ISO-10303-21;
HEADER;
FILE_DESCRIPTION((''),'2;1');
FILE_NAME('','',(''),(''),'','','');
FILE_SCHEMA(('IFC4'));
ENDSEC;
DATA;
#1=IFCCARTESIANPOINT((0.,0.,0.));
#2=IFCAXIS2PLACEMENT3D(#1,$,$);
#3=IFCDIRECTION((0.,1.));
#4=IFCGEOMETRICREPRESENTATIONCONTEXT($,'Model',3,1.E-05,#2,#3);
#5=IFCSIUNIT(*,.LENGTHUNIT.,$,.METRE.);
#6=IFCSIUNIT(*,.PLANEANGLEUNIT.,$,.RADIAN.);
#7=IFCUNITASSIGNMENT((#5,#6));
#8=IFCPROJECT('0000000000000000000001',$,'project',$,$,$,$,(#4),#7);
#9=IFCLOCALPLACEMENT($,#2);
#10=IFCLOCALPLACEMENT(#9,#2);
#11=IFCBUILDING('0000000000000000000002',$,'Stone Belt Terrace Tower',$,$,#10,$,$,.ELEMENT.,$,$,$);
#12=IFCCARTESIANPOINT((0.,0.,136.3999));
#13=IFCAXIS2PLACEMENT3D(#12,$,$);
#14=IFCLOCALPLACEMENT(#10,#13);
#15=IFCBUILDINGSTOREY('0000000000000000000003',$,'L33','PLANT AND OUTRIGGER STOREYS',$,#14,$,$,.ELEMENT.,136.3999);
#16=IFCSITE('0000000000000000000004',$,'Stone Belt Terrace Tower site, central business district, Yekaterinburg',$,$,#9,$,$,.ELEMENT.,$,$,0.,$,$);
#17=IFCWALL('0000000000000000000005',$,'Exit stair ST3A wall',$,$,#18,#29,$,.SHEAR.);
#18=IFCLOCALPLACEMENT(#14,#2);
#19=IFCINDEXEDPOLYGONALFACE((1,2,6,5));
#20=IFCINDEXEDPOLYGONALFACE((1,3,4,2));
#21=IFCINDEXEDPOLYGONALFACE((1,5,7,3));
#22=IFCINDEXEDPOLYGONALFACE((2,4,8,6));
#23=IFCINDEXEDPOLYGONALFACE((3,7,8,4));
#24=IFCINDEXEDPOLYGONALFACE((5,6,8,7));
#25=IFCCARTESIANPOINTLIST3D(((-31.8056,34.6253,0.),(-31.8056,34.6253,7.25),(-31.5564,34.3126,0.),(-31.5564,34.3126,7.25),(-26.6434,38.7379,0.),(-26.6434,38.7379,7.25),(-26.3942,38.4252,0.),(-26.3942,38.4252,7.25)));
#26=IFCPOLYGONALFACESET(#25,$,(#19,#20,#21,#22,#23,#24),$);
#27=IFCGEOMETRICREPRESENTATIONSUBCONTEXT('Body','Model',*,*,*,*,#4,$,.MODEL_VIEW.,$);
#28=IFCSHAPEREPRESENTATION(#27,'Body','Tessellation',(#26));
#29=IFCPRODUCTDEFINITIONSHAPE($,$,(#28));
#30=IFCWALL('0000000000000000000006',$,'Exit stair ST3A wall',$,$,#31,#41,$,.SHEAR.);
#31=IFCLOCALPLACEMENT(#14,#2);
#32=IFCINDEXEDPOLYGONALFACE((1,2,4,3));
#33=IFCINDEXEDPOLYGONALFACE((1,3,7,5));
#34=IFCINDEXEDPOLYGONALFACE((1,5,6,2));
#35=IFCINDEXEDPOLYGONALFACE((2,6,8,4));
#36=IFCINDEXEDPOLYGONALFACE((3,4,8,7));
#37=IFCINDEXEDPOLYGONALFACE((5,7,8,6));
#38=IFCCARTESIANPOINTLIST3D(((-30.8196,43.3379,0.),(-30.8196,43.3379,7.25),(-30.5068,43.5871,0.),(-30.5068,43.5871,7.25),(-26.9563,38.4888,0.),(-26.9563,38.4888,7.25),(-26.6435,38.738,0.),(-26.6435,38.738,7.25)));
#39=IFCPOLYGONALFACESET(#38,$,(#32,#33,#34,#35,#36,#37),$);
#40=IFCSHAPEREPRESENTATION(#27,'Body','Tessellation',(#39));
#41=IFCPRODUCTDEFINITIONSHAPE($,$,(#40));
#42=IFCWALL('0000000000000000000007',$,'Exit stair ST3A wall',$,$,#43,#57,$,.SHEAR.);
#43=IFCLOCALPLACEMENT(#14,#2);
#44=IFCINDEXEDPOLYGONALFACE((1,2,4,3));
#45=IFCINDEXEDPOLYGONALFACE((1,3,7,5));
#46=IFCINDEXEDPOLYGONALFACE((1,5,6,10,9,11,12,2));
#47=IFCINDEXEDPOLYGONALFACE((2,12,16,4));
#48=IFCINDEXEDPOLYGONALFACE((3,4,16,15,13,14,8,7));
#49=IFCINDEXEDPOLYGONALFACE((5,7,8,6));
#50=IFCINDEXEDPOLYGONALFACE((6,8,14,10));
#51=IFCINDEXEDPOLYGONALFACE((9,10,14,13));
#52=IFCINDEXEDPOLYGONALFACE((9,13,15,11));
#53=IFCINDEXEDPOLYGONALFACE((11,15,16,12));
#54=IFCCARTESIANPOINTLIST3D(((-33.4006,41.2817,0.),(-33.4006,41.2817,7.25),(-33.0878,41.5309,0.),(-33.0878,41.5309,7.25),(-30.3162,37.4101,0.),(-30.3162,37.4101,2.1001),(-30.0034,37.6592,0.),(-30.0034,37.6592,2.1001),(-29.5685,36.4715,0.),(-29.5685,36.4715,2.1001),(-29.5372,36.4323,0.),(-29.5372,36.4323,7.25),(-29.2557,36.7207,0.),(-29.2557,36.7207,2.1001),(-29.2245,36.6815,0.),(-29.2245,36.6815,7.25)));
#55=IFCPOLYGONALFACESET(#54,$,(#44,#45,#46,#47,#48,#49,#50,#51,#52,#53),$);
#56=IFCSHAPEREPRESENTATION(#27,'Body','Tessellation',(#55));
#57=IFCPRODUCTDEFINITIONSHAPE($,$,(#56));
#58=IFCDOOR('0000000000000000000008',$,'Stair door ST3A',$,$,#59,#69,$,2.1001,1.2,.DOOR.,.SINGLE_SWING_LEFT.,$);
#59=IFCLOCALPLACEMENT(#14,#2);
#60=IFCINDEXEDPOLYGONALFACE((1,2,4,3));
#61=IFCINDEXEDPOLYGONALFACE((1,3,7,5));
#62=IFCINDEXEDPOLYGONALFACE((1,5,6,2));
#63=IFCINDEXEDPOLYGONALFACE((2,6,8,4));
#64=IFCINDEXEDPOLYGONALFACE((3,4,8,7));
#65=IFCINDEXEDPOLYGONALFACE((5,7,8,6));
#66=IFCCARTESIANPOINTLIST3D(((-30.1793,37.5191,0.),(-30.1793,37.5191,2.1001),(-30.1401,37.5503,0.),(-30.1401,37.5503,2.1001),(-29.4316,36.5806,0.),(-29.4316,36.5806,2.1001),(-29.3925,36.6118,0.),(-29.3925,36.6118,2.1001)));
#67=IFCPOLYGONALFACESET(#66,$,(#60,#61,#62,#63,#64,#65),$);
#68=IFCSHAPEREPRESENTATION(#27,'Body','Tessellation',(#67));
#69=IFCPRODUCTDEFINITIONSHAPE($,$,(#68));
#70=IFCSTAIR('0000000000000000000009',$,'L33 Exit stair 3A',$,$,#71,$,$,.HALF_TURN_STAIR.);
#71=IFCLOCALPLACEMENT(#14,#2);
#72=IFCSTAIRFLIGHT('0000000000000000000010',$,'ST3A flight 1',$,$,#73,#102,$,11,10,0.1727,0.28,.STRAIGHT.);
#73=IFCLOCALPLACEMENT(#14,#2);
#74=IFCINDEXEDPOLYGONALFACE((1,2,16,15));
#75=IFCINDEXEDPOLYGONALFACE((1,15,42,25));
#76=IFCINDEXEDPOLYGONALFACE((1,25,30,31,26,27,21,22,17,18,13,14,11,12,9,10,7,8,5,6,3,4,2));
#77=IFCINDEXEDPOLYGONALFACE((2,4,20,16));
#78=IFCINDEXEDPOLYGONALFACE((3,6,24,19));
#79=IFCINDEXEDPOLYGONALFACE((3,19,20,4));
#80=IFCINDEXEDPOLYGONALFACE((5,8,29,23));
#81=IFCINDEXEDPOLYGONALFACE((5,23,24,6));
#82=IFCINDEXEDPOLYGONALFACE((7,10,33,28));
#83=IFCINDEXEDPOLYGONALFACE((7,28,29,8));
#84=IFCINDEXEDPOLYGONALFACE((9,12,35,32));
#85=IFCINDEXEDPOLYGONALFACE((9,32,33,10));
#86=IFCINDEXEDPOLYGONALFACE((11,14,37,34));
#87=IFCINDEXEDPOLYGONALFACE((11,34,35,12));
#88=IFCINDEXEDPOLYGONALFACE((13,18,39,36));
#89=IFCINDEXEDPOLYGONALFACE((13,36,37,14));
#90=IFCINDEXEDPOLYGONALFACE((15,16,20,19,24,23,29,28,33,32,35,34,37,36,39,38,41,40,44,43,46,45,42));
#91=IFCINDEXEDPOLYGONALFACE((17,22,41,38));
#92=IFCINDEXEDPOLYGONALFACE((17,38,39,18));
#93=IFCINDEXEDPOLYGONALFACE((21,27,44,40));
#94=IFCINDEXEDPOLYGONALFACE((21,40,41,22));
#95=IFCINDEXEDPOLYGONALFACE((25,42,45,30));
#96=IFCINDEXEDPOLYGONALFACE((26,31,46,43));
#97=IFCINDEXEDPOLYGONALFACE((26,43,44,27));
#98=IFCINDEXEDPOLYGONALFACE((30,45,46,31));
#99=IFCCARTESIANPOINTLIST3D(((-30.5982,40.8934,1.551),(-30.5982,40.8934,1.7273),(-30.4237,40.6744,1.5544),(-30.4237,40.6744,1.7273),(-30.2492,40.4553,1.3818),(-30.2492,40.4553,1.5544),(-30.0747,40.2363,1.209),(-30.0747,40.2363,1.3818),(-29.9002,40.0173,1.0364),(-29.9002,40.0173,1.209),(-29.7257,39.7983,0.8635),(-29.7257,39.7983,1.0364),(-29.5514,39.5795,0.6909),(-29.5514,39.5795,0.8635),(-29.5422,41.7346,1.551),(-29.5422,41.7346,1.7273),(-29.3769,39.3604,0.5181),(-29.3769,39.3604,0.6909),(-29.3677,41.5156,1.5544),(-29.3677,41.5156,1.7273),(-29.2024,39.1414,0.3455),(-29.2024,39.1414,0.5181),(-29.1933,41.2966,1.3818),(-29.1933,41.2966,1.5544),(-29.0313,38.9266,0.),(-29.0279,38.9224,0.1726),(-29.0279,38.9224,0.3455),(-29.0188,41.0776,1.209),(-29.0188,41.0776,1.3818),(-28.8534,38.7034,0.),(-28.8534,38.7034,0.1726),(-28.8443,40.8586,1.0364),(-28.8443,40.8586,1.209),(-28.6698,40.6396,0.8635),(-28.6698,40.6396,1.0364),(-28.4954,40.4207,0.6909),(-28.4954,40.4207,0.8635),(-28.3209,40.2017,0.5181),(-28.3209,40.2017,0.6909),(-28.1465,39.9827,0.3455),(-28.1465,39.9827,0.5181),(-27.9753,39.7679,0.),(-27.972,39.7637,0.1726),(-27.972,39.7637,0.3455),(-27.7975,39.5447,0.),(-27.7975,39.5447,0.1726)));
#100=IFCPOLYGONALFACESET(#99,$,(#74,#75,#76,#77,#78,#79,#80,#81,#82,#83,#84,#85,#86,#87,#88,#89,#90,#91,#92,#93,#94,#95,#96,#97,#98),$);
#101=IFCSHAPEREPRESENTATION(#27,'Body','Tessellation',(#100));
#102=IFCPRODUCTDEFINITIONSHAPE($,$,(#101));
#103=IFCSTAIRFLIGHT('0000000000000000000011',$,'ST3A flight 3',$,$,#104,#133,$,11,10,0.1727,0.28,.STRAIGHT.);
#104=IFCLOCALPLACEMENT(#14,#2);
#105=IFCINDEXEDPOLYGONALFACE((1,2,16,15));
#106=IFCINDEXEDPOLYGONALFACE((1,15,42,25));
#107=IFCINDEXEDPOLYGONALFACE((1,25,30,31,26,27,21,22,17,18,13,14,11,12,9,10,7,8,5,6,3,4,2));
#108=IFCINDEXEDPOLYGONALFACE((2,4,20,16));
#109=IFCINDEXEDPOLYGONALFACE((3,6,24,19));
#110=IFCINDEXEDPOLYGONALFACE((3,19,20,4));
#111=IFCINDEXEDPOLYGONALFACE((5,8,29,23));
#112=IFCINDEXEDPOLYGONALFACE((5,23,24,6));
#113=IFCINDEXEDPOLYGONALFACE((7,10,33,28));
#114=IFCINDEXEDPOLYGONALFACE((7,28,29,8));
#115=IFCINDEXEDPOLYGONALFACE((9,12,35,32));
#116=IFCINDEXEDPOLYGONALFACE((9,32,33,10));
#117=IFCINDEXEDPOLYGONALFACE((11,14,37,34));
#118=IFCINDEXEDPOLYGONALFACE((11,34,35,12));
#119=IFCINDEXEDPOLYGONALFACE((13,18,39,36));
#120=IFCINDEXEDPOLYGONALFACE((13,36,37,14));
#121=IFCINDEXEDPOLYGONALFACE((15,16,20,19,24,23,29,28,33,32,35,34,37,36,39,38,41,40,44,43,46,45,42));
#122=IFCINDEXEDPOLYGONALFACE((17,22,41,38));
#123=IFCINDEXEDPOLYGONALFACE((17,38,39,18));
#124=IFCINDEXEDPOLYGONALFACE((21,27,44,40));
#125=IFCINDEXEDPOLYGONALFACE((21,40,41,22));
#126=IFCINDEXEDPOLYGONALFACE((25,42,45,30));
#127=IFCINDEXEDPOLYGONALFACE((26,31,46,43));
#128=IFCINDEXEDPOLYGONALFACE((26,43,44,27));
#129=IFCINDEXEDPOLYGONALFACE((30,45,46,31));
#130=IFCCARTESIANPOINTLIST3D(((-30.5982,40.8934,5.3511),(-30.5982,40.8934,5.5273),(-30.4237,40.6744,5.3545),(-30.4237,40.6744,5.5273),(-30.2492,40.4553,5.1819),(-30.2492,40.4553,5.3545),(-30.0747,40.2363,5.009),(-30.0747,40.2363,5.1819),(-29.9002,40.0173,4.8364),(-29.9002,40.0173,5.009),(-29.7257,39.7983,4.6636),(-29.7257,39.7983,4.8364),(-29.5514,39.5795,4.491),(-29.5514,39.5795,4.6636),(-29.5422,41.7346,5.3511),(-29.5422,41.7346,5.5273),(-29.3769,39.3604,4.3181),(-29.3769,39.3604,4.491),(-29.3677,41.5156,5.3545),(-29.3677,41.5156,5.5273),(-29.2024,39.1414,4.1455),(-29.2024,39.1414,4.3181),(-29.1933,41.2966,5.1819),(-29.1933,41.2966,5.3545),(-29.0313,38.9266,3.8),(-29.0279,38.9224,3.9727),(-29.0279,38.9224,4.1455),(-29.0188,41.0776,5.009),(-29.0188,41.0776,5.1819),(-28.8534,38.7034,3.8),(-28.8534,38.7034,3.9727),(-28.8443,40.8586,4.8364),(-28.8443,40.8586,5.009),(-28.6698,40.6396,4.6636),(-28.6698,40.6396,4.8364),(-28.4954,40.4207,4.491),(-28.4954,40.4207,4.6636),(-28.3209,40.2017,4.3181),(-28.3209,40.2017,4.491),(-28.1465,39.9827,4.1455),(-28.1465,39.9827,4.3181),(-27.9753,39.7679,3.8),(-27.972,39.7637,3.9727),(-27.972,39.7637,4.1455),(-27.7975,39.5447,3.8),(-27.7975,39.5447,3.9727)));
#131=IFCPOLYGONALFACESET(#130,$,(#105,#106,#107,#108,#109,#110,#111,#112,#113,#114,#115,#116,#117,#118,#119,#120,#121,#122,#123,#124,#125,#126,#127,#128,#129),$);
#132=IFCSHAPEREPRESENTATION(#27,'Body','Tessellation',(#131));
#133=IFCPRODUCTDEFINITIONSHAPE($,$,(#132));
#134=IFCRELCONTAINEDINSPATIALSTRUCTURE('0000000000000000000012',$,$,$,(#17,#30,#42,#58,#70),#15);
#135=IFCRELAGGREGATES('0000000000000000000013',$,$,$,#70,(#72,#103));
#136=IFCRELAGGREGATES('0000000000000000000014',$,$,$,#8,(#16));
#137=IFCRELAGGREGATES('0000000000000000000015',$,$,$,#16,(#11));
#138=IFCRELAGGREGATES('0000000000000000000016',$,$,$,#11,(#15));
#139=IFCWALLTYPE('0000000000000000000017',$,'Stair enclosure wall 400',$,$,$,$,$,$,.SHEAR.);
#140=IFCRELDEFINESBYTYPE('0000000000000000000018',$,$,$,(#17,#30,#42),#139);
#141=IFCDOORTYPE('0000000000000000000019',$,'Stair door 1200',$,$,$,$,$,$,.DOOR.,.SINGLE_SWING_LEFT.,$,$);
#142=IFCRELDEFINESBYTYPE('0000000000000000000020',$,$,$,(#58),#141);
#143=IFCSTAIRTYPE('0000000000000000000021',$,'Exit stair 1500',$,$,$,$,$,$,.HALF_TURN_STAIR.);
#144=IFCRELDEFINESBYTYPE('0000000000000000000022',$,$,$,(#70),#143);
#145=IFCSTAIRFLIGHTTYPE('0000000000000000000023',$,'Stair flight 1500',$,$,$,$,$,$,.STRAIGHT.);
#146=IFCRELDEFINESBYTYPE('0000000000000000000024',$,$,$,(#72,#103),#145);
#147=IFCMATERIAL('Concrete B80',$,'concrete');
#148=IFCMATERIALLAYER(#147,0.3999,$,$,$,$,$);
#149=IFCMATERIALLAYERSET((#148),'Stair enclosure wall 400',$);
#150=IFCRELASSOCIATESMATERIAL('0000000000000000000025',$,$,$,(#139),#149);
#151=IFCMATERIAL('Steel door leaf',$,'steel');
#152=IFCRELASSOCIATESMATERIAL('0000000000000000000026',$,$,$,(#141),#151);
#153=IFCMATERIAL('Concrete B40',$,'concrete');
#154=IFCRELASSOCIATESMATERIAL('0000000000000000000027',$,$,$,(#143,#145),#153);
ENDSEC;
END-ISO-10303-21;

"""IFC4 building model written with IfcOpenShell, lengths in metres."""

from ifc_helpers import new_model, si_unit, direction, frame, frame_2d, origin, place, context, subcontext, project, spatial, polyline, rectangle, outline, extrude, material, layer, layer_set, type_object, element, fill, aggregate, save


model = new_model("IFC4")

# Units and contexts
model_context = context("Model", 3, precision=1e-05, world=origin(), true_north=direction((0.0, 1.0)))
body_context = subcontext(model_context, "Body", "Model", "MODEL_VIEW")
ifc_project = project(units=[si_unit("LENGTHUNIT", "METRE"), si_unit("PLANEANGLEUNIT", "RADIAN")], contexts=[model_context])

# Site, building, storey
site_placement = place(None, origin())
site = spatial("IfcSite", under=ifc_project, at=site_placement, Name="Stone Belt Terrace Tower site, central business district, Yekaterinburg", CompositionType="ELEMENT", RefElevation=0.0)
building_placement = place(site_placement, origin())
building = spatial("IfcBuilding", under=site, at=building_placement, Name="Stone Belt Terrace Tower", CompositionType="ELEMENT")
storey_placement = place(building_placement, frame((0.0, 0.0, 136.3999)))
storey = spatial("IfcBuildingStorey", under=building, at=storey_placement, Name="L33", Description="PLANT AND OUTRIGGER STOREYS", CompositionType="ELEMENT", Elevation=136.3999)

# Walls
ifc_material_1 = material(Name="Concrete B80", Category="concrete")
ifc_layer_1 = layer(ifc_material_1, 0.3999)
ifc_layer_set_1 = layer_set([ifc_layer_1], Name="Stair enclosure wall 400")
wall_type_1 = type_object("IfcWallType", Name="Stair enclosure wall 400", PredefinedType="SHEAR", material=ifc_layer_set_1)
wall_1_placement = place(storey_placement, frame((-26.5188, 38.5815, 0.0), z_axis=(0.0, 0.0, 1.0), x_axis=(-0.782134, -0.62311, 0.0)))
element("IfcWall", 1, at=wall_1_placement, inside=storey, type_object=wall_type_1, Name="Exit stair ST3A wall", PredefinedType="SHEAR", context=body_context, shape_type="SweptSolid", body=[
    extrude(rectangle(XDim=6.6001, YDim=0.3999, at=frame_2d((3.3, 0.0))), origin(), (0.0, 0.0, 1.0), 7.25),
])
wall_2_placement = place(storey_placement, frame((-26.7998, 38.6133, 0.0), z_axis=(0.0, 0.0, 1.0), x_axis=(-0.623119, 0.782127, 0.0)))
element("IfcWall", 2, at=wall_2_placement, inside=storey, type_object=wall_type_1, Name="Exit stair ST3A wall", PredefinedType="SHEAR", context=body_context, shape_type="SweptSolid", body=[
    extrude(rectangle(XDim=6.2, YDim=0.3999, at=frame_2d((3.1001, 0.0))), origin(), (0.0, 0.0, 1.0), 7.25),
])

# Wall, opening, door
wall_3_placement = place(storey_placement, frame((-29.3809, 36.5569, 0.0), z_axis=(0.0, 0.0, 1.0), x_axis=(-0.623099, 0.782143, 0.0)))
wall_3 = element("IfcWall", 3, at=wall_3_placement, inside=storey, type_object=wall_type_1, Name="Exit stair ST3A wall", PredefinedType="SHEAR", context=body_context, shape_type="SweptSolid", body=[
    extrude(rectangle(XDim=6.2002, YDim=0.3999, at=frame_2d((3.1001, 0.0))), origin(), (0.0, 0.0, 1.0), 7.25),
])
opening_1_placement = place(wall_3_placement, frame((0.05, 0.0, 0.0)))
opening_1 = element("IfcOpeningElement", 4, at=opening_1_placement, cuts=wall_3, PredefinedType="OPENING", context=body_context, shape_type="SweptSolid", body=[
    extrude(rectangle(XDim=1.2, YDim=2.1001, at=frame_2d((0.6001, 1.05))), frame((0.0, 0.21, 0.0), z_axis=(0.0, -1.0, 0.0), x_axis=(1.0, 0.0, 0.0)), (0.0, 0.0, 1.0), 0.4199),
])
ifc_material_2 = material(Name="Steel door leaf", Category="steel")
door_type_1 = type_object("IfcDoorType", Name="Stair door 1200", OperationType="SINGLE_SWING_LEFT", PredefinedType="DOOR", material=ifc_material_2)
door_1_placement = place(opening_1_placement, origin())
door_1 = element("IfcDoor", 5, at=door_1_placement, inside=storey, type_object=door_type_1, Name="Stair door ST3A", OperationType="SINGLE_SWING_LEFT", OverallHeight=2.1001, OverallWidth=1.2, PredefinedType="DOOR", context=body_context, shape_type="SweptSolid", body=[
    extrude(rectangle(XDim=1.2, YDim=2.1001, at=frame_2d((0.6001, 1.05))), frame((0.0, 0.0249, 0.0), z_axis=(0.0, -1.0, 0.0), x_axis=(1.0, 0.0, 0.0)), (0.0, 0.0, 1.0), 0.05),
])
fill(opening_1, door_1)

# Stair, stair flights
ifc_material_3 = material(Name="Concrete B40", Category="concrete")
stair_type = type_object("IfcStairType", Name="Exit stair 1500", PredefinedType="HALF_TURN_STAIR", material=ifc_material_3)
stair_placement = place(storey_placement, origin())
stair = element("IfcStair", 6, at=stair_placement, inside=storey, type_object=stair_type, Name="L33 Exit stair 3A", PredefinedType="HALF_TURN_STAIR")
stair_flight_type = type_object("IfcStairFlightType", Name="Stair flight 1500", PredefinedType="STRAIGHT", material=ifc_material_3)
stair_flight_1_placement = place(storey_placement, frame((-28.3254, 39.124, 0.0), z_axis=(0.0, 0.0, 1.0), x_axis=(-0.623121, 0.782125, 0.0)))
stair_flight_1 = element("IfcStairFlight", 7, at=stair_flight_1_placement, type_object=stair_flight_type, Name="ST3A flight 1", NumberOfRisers=11, NumberOfTreads=10, PredefinedType="STRAIGHT", RiserHeight=0.1727, TreadLength=0.28, context=body_context, shape_type="SweptSolid", body=[
    extrude(outline(polyline([(0.0, 0.0), (0.0, 0.1726), (0.28, 0.1726), (0.28, 0.3455), (0.5601, 0.3455), (0.5601, 0.5181), (0.8401, 0.5181), (0.8401, 0.6909), (1.1201, 0.6909), (1.1201, 0.8635), (1.3999, 0.8635), (1.3999, 1.0364), (1.6799, 1.0364), (1.6799, 1.209), (1.96, 1.209), (1.96, 1.3818), (2.24, 1.3818), (2.24, 1.5544), (2.52, 1.5544), (2.52, 1.7273), (2.8, 1.7273), (2.8, 1.8999), (2.8, 1.551), (0.2854, 0.0), (0.0, 0.0)])), frame((0.0, 0.675, 0.0), z_axis=(0.0, -1.0, 0.0), x_axis=(1.0, 0.0, 0.0)), (0.0, 0.0, 1.0), 1.3501),
])
stair_flight_2_placement = place(storey_placement, frame((-28.3254, 39.124, 3.8), z_axis=(0.0, 0.0, 1.0), x_axis=(-0.623121, 0.782125, 0.0)))
stair_flight_2 = element("IfcStairFlight", 8, at=stair_flight_2_placement, type_object=stair_flight_type, Name="ST3A flight 3", NumberOfRisers=11, NumberOfTreads=10, PredefinedType="STRAIGHT", RiserHeight=0.1727, TreadLength=0.28, context=body_context, shape_type="SweptSolid", body=[
    extrude(outline(polyline([(0.0, 0.0), (0.0, 0.1726), (0.28, 0.1726), (0.28, 0.3455), (0.5601, 0.3455), (0.5601, 0.5181), (0.8401, 0.5181), (0.8401, 0.6909), (1.1201, 0.6909), (1.1201, 0.8635), (1.3999, 0.8635), (1.3999, 1.0364), (1.6799, 1.0364), (1.6799, 1.209), (1.96, 1.209), (1.96, 1.3818), (2.24, 1.3818), (2.24, 1.5544), (2.52, 1.5544), (2.52, 1.7273), (2.8, 1.7273), (2.8, 1.8999), (2.8, 1.551), (0.2854, 0.0), (0.0, 0.0)])), frame((0.0, 0.675, 0.0), z_axis=(0.0, -1.0, 0.0), x_axis=(1.0, 0.0, 0.0)), (0.0, 0.0, 1.0), 1.3501),
])
aggregate(stair, [stair_flight_1, stair_flight_2])

save(model, "model.ifc")
